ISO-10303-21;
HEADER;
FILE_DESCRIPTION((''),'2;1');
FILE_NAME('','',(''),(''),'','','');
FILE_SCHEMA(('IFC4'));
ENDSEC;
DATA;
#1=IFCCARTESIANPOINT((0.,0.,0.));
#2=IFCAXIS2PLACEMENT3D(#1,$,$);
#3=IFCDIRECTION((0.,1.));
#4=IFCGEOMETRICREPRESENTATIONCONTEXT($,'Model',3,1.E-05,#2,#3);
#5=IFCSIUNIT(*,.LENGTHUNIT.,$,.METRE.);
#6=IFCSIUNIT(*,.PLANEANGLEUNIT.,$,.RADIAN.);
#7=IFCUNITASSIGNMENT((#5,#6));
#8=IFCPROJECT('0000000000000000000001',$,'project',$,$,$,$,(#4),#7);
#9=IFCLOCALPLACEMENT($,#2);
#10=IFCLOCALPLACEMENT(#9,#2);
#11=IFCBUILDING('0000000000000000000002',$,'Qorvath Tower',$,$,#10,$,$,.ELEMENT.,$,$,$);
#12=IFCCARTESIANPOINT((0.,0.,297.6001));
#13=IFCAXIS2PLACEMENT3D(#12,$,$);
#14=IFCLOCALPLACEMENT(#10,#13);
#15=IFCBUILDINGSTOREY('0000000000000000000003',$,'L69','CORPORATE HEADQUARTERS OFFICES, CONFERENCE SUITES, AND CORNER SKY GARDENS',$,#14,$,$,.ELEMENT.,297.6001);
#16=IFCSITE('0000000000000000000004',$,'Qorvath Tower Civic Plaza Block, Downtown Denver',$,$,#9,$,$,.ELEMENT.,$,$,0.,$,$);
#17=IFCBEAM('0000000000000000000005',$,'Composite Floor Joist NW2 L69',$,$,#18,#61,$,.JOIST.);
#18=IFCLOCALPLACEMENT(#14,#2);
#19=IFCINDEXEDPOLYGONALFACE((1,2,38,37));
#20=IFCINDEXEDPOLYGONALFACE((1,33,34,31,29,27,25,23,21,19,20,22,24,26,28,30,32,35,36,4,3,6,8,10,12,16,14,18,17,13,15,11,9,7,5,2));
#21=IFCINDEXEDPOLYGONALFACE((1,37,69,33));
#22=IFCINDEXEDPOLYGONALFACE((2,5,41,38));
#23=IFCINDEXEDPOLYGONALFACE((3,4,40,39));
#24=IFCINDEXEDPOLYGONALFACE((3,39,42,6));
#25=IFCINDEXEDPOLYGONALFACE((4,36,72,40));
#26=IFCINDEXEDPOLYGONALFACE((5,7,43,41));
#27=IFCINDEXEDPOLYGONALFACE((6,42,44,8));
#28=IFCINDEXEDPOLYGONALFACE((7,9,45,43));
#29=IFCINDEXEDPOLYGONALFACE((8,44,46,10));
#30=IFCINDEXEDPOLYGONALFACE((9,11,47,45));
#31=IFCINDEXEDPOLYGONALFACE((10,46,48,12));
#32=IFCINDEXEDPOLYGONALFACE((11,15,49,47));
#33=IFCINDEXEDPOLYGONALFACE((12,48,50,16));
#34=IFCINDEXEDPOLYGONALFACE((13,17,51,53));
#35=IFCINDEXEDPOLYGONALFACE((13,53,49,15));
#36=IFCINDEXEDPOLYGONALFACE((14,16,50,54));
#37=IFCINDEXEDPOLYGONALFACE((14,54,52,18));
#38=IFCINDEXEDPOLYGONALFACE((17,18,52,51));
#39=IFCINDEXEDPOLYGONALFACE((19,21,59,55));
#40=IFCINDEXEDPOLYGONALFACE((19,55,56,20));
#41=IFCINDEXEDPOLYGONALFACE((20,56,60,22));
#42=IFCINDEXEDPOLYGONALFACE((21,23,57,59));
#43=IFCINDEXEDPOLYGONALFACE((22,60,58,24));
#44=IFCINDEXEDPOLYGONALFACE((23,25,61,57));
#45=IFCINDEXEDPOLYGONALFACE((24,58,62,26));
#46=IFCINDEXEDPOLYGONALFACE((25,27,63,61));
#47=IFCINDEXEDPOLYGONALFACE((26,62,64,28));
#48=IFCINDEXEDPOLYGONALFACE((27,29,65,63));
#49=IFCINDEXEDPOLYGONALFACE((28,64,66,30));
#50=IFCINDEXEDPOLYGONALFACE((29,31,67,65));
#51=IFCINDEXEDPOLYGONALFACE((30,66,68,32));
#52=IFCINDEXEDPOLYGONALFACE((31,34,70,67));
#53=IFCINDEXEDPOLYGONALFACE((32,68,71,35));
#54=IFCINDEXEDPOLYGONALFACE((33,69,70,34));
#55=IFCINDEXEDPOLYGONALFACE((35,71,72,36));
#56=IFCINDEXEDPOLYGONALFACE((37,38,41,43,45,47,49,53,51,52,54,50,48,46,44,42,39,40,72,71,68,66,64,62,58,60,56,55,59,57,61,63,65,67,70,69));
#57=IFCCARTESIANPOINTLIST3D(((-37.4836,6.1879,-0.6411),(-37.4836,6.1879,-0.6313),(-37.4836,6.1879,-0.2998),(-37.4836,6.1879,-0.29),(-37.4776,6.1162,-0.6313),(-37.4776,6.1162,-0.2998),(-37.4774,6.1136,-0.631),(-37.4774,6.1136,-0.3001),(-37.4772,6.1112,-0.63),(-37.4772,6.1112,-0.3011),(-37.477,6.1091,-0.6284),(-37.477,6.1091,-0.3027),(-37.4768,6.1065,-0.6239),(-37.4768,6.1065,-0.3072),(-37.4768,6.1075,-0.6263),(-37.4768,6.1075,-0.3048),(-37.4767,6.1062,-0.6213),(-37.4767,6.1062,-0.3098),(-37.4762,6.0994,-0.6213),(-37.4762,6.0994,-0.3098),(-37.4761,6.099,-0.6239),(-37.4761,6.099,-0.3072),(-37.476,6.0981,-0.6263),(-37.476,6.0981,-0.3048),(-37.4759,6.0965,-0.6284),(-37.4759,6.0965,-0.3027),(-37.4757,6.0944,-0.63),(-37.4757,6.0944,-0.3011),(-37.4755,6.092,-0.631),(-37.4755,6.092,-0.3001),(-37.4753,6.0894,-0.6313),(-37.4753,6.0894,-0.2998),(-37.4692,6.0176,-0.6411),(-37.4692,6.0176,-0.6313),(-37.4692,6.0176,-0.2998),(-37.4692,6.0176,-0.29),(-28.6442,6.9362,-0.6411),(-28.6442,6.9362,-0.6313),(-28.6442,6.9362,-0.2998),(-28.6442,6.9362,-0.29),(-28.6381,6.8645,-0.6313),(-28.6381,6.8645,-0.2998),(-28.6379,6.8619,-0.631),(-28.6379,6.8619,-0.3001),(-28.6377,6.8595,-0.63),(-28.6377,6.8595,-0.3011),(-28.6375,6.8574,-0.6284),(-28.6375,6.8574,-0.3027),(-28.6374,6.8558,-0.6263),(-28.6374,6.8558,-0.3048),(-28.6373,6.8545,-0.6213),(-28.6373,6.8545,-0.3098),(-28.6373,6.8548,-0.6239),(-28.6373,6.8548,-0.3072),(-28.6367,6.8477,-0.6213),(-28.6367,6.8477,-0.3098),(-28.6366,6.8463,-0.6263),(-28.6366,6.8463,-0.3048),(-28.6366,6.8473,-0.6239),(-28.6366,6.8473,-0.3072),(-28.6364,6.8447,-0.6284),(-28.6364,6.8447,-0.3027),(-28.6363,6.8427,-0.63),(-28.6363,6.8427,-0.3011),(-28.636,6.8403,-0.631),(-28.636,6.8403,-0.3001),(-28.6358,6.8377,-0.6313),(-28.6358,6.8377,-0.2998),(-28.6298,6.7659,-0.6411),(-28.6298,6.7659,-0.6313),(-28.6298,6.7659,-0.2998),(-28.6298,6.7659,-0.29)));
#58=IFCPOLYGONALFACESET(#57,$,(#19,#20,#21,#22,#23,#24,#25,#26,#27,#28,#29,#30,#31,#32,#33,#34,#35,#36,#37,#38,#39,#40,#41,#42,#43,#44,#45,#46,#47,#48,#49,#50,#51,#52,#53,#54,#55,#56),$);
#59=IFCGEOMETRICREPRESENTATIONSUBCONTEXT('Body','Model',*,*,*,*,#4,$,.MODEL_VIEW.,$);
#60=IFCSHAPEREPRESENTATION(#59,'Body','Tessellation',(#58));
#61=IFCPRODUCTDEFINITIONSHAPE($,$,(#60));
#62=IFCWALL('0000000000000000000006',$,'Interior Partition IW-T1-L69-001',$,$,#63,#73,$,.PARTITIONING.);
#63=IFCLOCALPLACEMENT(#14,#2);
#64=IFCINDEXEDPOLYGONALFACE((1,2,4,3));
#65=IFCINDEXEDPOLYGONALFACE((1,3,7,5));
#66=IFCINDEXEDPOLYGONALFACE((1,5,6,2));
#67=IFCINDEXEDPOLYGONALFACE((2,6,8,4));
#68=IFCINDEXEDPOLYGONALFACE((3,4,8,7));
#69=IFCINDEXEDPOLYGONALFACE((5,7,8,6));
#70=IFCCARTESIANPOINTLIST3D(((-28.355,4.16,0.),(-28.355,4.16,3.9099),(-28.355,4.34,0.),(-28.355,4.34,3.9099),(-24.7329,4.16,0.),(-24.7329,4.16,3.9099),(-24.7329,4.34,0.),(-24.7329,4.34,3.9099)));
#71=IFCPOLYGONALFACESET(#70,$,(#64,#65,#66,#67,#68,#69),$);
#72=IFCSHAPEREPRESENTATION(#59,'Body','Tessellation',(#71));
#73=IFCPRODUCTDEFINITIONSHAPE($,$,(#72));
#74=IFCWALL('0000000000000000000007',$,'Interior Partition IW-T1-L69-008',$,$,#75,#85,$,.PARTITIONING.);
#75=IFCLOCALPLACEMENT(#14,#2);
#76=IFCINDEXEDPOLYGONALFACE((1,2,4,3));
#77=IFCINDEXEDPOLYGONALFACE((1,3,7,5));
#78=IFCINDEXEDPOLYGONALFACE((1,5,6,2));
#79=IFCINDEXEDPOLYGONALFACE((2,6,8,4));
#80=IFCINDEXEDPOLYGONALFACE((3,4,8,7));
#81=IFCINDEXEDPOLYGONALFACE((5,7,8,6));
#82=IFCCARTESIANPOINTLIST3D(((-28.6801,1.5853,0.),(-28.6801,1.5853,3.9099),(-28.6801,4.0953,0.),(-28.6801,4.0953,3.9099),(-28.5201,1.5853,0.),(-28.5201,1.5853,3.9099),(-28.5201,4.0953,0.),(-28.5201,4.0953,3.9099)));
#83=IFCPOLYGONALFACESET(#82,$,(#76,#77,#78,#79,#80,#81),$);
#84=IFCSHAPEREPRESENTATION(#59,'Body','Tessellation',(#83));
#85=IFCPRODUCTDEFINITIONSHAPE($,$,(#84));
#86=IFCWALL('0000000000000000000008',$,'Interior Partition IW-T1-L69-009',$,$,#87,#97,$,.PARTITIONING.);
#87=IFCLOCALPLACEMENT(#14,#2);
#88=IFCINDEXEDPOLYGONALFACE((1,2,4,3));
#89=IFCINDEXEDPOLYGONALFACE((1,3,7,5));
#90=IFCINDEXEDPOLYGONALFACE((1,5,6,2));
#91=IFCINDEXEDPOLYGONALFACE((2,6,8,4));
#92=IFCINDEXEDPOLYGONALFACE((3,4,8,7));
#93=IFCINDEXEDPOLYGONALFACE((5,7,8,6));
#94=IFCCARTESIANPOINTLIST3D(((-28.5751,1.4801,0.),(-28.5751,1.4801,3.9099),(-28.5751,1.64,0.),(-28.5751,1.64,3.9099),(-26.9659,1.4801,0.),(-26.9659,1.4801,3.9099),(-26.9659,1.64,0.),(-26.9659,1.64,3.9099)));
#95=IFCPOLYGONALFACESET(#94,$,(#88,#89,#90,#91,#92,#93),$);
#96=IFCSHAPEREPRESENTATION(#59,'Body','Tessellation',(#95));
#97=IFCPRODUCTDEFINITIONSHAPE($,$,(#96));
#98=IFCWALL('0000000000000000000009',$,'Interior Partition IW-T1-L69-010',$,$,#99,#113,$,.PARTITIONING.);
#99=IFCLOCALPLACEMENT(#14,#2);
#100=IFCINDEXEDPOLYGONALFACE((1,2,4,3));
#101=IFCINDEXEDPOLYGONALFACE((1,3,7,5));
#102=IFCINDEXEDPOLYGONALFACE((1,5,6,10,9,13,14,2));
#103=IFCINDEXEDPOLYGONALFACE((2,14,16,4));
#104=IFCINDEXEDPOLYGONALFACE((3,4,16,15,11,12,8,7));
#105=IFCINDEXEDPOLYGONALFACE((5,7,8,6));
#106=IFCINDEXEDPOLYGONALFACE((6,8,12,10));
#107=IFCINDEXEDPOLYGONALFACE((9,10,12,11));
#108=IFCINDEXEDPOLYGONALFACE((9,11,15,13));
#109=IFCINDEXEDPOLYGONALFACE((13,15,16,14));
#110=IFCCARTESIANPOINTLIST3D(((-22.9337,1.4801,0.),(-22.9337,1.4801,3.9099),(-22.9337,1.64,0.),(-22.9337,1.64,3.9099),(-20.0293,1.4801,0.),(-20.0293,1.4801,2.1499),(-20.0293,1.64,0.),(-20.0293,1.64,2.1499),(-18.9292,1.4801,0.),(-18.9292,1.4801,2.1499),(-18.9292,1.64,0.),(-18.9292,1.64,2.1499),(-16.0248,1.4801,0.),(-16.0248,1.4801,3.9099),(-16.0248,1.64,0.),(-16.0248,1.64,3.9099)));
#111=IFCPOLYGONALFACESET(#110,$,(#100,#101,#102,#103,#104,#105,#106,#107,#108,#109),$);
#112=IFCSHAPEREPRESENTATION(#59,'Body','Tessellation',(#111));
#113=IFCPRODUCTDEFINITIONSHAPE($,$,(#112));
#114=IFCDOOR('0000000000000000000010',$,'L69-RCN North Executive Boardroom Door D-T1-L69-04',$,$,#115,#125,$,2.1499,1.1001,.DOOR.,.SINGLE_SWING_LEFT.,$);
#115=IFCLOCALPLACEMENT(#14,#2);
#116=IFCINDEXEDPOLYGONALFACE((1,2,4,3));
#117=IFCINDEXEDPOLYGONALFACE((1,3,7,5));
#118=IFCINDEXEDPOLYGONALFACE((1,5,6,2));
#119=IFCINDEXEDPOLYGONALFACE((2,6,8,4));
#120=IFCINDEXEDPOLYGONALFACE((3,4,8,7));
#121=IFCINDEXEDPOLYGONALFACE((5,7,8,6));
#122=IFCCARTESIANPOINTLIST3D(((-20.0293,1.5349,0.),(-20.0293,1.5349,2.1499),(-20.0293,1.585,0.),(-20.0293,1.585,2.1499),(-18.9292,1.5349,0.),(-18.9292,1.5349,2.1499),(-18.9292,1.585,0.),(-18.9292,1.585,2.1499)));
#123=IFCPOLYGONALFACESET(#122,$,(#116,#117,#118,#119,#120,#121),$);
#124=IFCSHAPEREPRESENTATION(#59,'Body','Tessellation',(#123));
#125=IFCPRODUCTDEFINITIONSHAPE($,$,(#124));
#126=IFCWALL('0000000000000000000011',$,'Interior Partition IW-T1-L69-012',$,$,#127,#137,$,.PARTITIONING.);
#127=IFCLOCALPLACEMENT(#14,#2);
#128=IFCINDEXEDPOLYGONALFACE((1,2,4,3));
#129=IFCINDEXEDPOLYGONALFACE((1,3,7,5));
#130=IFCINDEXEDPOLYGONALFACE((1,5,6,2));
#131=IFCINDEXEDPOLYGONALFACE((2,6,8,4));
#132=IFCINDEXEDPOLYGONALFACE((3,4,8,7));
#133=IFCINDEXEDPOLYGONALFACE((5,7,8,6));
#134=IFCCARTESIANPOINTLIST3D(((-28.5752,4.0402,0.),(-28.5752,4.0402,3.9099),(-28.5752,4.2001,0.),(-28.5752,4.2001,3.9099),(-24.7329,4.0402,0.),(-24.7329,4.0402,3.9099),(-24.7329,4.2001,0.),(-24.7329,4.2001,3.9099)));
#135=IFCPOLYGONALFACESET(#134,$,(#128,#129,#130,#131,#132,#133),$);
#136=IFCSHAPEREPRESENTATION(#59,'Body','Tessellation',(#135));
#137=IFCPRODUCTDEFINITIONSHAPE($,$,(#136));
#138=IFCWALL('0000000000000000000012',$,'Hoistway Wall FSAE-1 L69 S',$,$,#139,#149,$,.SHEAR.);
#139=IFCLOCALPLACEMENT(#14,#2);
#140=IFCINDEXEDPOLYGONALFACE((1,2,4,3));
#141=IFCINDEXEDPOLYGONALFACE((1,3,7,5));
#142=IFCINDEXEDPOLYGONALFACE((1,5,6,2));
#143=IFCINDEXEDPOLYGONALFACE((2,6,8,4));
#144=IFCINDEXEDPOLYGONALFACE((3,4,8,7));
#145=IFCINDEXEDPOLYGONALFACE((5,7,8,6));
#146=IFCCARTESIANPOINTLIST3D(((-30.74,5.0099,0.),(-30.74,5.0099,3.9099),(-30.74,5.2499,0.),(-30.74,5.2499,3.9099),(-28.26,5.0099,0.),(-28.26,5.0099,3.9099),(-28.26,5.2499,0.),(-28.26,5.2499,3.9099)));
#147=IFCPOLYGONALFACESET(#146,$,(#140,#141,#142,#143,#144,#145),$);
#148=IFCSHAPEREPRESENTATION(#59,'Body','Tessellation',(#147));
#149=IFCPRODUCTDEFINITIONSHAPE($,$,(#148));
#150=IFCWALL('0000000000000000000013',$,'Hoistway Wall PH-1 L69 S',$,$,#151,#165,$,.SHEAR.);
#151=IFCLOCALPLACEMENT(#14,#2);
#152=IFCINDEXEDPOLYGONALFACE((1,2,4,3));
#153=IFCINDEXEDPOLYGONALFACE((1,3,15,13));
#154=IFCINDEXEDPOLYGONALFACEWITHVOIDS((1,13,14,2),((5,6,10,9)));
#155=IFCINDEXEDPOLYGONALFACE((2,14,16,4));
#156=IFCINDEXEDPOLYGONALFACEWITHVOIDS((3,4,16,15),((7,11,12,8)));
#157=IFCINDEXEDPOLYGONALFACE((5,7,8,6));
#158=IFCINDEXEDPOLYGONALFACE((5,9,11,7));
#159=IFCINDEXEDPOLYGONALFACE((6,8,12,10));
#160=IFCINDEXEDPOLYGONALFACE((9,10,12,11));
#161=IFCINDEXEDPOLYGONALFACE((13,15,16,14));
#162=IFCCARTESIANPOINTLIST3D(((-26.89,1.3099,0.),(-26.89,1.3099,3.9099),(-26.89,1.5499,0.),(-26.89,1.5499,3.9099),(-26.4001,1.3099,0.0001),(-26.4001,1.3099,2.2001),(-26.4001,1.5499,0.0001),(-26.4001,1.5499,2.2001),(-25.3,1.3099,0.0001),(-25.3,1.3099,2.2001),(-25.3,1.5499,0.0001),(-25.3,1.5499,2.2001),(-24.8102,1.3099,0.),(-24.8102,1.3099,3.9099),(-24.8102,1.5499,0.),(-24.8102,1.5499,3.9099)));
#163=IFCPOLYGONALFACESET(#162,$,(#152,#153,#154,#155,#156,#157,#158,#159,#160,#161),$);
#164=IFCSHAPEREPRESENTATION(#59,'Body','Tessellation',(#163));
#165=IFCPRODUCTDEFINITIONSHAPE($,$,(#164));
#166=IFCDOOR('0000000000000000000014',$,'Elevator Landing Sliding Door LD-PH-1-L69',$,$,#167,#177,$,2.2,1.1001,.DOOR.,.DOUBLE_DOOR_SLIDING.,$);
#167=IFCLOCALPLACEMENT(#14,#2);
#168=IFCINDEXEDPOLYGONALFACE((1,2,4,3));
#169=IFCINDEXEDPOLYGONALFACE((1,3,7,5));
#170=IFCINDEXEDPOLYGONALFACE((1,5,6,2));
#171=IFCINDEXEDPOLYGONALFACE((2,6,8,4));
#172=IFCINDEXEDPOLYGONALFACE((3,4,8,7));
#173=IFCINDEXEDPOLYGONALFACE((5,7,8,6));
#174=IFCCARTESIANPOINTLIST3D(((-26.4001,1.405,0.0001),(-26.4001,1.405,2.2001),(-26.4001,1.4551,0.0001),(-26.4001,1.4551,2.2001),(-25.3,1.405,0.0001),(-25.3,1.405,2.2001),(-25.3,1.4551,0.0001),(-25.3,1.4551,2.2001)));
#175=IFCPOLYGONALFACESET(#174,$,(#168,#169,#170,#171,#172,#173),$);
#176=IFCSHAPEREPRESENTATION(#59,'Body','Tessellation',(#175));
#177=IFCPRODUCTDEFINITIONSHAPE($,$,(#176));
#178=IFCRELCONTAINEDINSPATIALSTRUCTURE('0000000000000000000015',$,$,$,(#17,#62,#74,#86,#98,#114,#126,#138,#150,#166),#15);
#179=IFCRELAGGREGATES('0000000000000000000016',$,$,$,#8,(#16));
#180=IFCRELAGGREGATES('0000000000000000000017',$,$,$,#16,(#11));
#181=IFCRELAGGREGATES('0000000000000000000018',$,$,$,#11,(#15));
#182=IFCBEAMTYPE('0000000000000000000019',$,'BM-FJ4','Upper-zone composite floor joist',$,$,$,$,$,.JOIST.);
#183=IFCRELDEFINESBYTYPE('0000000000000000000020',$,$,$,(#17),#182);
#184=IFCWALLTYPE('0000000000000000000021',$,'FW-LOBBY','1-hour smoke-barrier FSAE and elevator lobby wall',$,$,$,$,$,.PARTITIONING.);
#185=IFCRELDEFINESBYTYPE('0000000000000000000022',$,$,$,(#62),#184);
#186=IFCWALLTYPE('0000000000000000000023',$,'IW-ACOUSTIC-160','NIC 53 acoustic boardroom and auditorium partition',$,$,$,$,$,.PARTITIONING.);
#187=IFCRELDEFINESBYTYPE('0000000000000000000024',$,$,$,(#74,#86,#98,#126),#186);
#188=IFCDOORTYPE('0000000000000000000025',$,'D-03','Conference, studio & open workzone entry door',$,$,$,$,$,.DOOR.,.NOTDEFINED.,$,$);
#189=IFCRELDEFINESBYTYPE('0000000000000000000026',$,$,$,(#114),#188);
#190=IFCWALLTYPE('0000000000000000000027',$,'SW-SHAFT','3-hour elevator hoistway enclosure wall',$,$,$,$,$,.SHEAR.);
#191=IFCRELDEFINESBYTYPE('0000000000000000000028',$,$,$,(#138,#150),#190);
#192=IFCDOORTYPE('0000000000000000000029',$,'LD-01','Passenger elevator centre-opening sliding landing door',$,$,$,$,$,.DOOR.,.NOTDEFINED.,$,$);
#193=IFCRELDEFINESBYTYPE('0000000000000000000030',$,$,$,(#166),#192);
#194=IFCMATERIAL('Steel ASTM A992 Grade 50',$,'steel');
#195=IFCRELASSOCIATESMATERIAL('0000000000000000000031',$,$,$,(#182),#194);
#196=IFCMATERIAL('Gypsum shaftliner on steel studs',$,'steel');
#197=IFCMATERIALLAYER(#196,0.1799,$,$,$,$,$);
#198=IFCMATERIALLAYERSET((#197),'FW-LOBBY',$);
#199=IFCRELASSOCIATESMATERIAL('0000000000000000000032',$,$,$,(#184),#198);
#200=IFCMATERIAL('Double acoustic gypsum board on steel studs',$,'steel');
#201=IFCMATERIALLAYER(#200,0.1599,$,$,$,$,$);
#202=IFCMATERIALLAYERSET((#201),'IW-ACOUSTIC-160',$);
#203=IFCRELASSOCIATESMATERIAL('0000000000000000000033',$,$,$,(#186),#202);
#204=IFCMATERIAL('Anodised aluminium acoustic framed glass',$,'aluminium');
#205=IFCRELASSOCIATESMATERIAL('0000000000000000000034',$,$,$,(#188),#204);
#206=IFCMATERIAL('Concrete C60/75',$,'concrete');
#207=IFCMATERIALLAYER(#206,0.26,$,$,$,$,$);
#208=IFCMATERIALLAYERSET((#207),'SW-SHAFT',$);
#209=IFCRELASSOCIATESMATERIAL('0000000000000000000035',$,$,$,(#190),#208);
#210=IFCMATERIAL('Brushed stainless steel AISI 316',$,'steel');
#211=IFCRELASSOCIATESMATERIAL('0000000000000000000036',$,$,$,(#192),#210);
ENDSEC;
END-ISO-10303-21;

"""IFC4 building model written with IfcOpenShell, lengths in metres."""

from ifc_helpers import new_model, si_unit, direction, frame, frame_2d, origin, origin_2d, place, context, subcontext, project, spatial, rectangle, i_section, extrude, material, layer, layer_set, material_profile, profile_set, type_object, element, fill, save


model = new_model("IFC4")

# Units and contexts
model_context = context("Model", 3, precision=1e-05, world=origin(), true_north=direction((0.0, 1.0)))
body_context = subcontext(model_context, "Body", "Model", "MODEL_VIEW")
ifc_project = project(units=[si_unit("LENGTHUNIT", "METRE"), si_unit("PLANEANGLEUNIT", "RADIAN")], contexts=[model_context])

# Site, building, storey
site_placement = place(None, origin())
site = spatial("IfcSite", under=ifc_project, at=site_placement, Name="Qorvath Tower Civic Plaza Block, Downtown Denver", CompositionType="ELEMENT", RefElevation=0.0)
building_placement = place(site_placement, origin())
building = spatial("IfcBuilding", under=site, at=building_placement, Name="Qorvath Tower", CompositionType="ELEMENT")
storey_placement = place(building_placement, frame((0.0, 0.0, 297.6001)))
storey = spatial("IfcBuildingStorey", under=building, at=storey_placement, Name="L69", Description="CORPORATE HEADQUARTERS OFFICES, CONFERENCE SUITES, AND CORNER SKY GARDENS", CompositionType="ELEMENT", Elevation=297.6001)

# Beam
ifc_material_1 = material(Name="Steel ASTM A992 Grade 50", Category="steel")
ifc_material_profile = material_profile(ifc_material_1, i_section(OverallWidth=0.1709, OverallDepth=0.3511, WebThickness=0.0068, FlangeThickness=0.0098, FilletRadius=0.01, at=origin_2d()), Name="W14x30")
ifc_profile_set = profile_set([ifc_material_profile], Name="Steel ASTM A992 Grade 50")
beam_type = type_object("IfcBeamType", Name="BM-FJ4", Description="Upper-zone composite floor joist", PredefinedType="JOIST", material=ifc_profile_set)
beam_placement = place(storey_placement, frame((-28.637, 6.8511, -0.4656), z_axis=(-0.996436, -0.08435, 0.0), x_axis=(0.08435, -0.996436, 0.0)))
element("IfcBeam", 1, at=beam_placement, inside=storey, type_object=beam_type, Name="Composite Floor Joist NW2 L69", PredefinedType="JOIST", context=body_context, shape_type="SweptSolid", body=[
    extrude(i_section(OverallWidth=0.1709, OverallDepth=0.3511, WebThickness=0.0068, FlangeThickness=0.0098, FilletRadius=0.01, at=origin_2d()), origin(), (0.0, 0.0, 1.0), 8.8711),
])

# Walls
ifc_material_2 = material(Name="Gypsum shaftliner on steel studs", Category="steel")
ifc_layer_1 = layer(ifc_material_2, 0.1799)
ifc_layer_set_1 = layer_set([ifc_layer_1], Name="FW-LOBBY")
wall_type_1 = type_object("IfcWallType", Name="FW-LOBBY", Description="1-hour smoke-barrier FSAE and elevator lobby wall", PredefinedType="PARTITIONING", material=ifc_layer_set_1)
wall_1_placement = place(storey_placement, frame((-28.355, 4.25, 0.0), z_axis=(0.0, 0.0, 1.0), x_axis=(1.0, 0.0, 0.0)))
element("IfcWall", 2, at=wall_1_placement, inside=storey, type_object=wall_type_1, Name="Interior Partition IW-T1-L69-001", PredefinedType="PARTITIONING", context=body_context, shape_type="SweptSolid", body=[
    extrude(rectangle(XDim=3.6221, YDim=0.1799, at=frame_2d((1.811, 0.0))), origin(), (0.0, 0.0, 1.0), 3.9099),
])
ifc_material_3 = material(Name="Double acoustic gypsum board on steel studs", Category="steel")
ifc_layer_2 = layer(ifc_material_3, 0.1599)
ifc_layer_set_2 = layer_set([ifc_layer_2], Name="IW-ACOUSTIC-160")
wall_type_2 = type_object("IfcWallType", Name="IW-ACOUSTIC-160", Description="NIC 53 acoustic boardroom and auditorium partition", PredefinedType="PARTITIONING", material=ifc_layer_set_2)
wall_2_placement = place(storey_placement, frame((-28.6001, 4.0952, 0.0), z_axis=(0.0, 0.0, 1.0), x_axis=(0.0, -1.0, 0.0)))
element("IfcWall", 3, at=wall_2_placement, inside=storey, type_object=wall_type_2, Name="Interior Partition IW-T1-L69-008", PredefinedType="PARTITIONING", context=body_context, shape_type="SweptSolid", body=[
    extrude(rectangle(XDim=2.51, YDim=0.1599, at=frame_2d((1.2549, 0.0))), origin(), (0.0, 0.0, 1.0), 3.9099),
])
wall_3_placement = place(storey_placement, frame((-28.5752, 1.5601, 0.0), z_axis=(0.0, 0.0, 1.0), x_axis=(1.0, 0.0, 0.0)))
element("IfcWall", 4, at=wall_3_placement, inside=storey, type_object=wall_type_2, Name="Interior Partition IW-T1-L69-009", PredefinedType="PARTITIONING", context=body_context, shape_type="SweptSolid", body=[
    extrude(rectangle(XDim=1.6091, YDim=0.1599, at=frame_2d((0.8047, 0.0))), origin(), (0.0, 0.0, 1.0), 3.9099),
])

# Wall, opening, door
wall_4_placement = place(storey_placement, frame((-22.9338, 1.5601, 0.0), z_axis=(0.0, 0.0, 1.0), x_axis=(1.0, 0.0, 0.0)))
wall_4 = element("IfcWall", 5, at=wall_4_placement, inside=storey, type_object=wall_type_2, Name="Interior Partition IW-T1-L69-010", PredefinedType="PARTITIONING", context=body_context, shape_type="SweptSolid", body=[
    extrude(rectangle(XDim=6.9089, YDim=0.1599, at=frame_2d((3.4546, 0.0))), origin(), (0.0, 0.0, 1.0), 3.9099),
])
opening_1_placement = place(wall_4_placement, frame((2.9045, 0.0, 0.0)))
opening_1 = element("IfcOpeningElement", 6, at=opening_1_placement, cuts=wall_4, PredefinedType="OPENING", context=body_context, shape_type="SweptSolid", body=[
    extrude(rectangle(XDim=1.1001, YDim=2.1499, at=frame_2d((0.55, 1.075))), frame((0.0, 0.0898, 0.0), z_axis=(0.0, -1.0, 0.0), x_axis=(1.0, 0.0, 0.0)), (0.0, 0.0, 1.0), 0.1799),
])
ifc_material_4 = material(Name="Anodised aluminium acoustic framed glass", Category="aluminium")
door_type_1 = type_object("IfcDoorType", Name="D-03", Description="Conference, studio & open workzone entry door", OperationType="NOTDEFINED", PredefinedType="DOOR", material=ifc_material_4)
door_1_placement = place(opening_1_placement, origin())
door_1 = element("IfcDoor", 7, at=door_1_placement, inside=storey, type_object=door_type_1, Name="L69-RCN North Executive Boardroom Door D-T1-L69-04", OperationType="SINGLE_SWING_LEFT", OverallHeight=2.1499, OverallWidth=1.1001, PredefinedType="DOOR", context=body_context, shape_type="SweptSolid", body=[
    extrude(rectangle(XDim=1.1001, YDim=2.1499, at=frame_2d((0.55, 1.075))), frame((0.0, 0.0249, 0.0), z_axis=(0.0, -1.0, 0.0), x_axis=(1.0, 0.0, 0.0)), (0.0, 0.0, 1.0), 0.05),
])
fill(opening_1, door_1)

# Walls
wall_5_placement = place(storey_placement, frame((-24.7329, 4.1201, 0.0), z_axis=(0.0, 0.0, 1.0), x_axis=(-1.0, 0.0, 0.0)))
element("IfcWall", 8, at=wall_5_placement, inside=storey, type_object=wall_type_2, Name="Interior Partition IW-T1-L69-012", PredefinedType="PARTITIONING", context=body_context, shape_type="SweptSolid", body=[
    extrude(rectangle(XDim=3.8423, YDim=0.1599, at=frame_2d((1.9211, 0.0))), origin(), (0.0, 0.0, 1.0), 3.9099),
])
ifc_material_5 = material(Name="Concrete C60/75", Category="concrete")
ifc_layer_3 = layer(ifc_material_5, 0.26)
ifc_layer_set_3 = layer_set([ifc_layer_3], Name="SW-SHAFT")
wall_type_3 = type_object("IfcWallType", Name="SW-SHAFT", Description="3-hour elevator hoistway enclosure wall", PredefinedType="SHEAR", material=ifc_layer_set_3)
wall_6_placement = place(storey_placement, frame((-28.26, 5.1299, 0.0), z_axis=(0.0, 0.0, 1.0), x_axis=(-1.0, 0.0, 0.0)))
element("IfcWall", 9, at=wall_6_placement, inside=storey, type_object=wall_type_3, Name="Hoistway Wall FSAE-1 L69 S", PredefinedType="SHEAR", context=body_context, shape_type="SweptSolid", body=[
    extrude(rectangle(XDim=2.48, YDim=0.24, at=frame_2d((1.24, 0.0))), origin(), (0.0, 0.0, 1.0), 3.9099),
])

# Wall, opening, door
wall_7_placement = place(storey_placement, frame((-24.8101, 1.4299, 0.0), z_axis=(0.0, 0.0, 1.0), x_axis=(-1.0, 0.0, 0.0)))
wall_7 = element("IfcWall", 10, at=wall_7_placement, inside=storey, type_object=wall_type_3, Name="Hoistway Wall PH-1 L69 S", PredefinedType="SHEAR", context=body_context, shape_type="SweptSolid", body=[
    extrude(rectangle(XDim=2.0798, YDim=0.24, at=frame_2d((1.04, 0.0))), origin(), (0.0, 0.0, 1.0), 3.9099),
])
opening_2_placement = place(wall_7_placement, frame((0.49, 0.0, 0.0)))
opening_2 = element("IfcOpeningElement", 11, at=opening_2_placement, cuts=wall_7, PredefinedType="OPENING", context=body_context, shape_type="SweptSolid", body=[
    extrude(rectangle(XDim=1.1001, YDim=2.2, at=frame_2d((0.55, 1.1001))), frame((0.0, 0.1299, 0.0), z_axis=(0.0, -1.0, 0.0), x_axis=(1.0, 0.0, 0.0)), (0.0, 0.0, 1.0), 0.26),
])
ifc_material_6 = material(Name="Brushed stainless steel AISI 316", Category="steel")
door_type_2 = type_object("IfcDoorType", Name="LD-01", Description="Passenger elevator centre-opening sliding landing door", OperationType="NOTDEFINED", PredefinedType="DOOR", material=ifc_material_6)
door_2_placement = place(opening_2_placement, origin())
door_2 = element("IfcDoor", 12, at=door_2_placement, inside=storey, type_object=door_type_2, Name="Elevator Landing Sliding Door LD-PH-1-L69", OperationType="DOUBLE_DOOR_SLIDING", OverallHeight=2.2, OverallWidth=1.1001, PredefinedType="DOOR", context=body_context, shape_type="SweptSolid", body=[
    extrude(rectangle(XDim=1.1001, YDim=2.2, at=frame_2d((0.55, 1.1001))), frame((0.0, 0.0249, 0.0), z_axis=(0.0, -1.0, 0.0), x_axis=(1.0, 0.0, 0.0)), (0.0, 0.0, 1.0), 0.05),
])
fill(opening_2, door_2)

save(model, "model.ifc")
